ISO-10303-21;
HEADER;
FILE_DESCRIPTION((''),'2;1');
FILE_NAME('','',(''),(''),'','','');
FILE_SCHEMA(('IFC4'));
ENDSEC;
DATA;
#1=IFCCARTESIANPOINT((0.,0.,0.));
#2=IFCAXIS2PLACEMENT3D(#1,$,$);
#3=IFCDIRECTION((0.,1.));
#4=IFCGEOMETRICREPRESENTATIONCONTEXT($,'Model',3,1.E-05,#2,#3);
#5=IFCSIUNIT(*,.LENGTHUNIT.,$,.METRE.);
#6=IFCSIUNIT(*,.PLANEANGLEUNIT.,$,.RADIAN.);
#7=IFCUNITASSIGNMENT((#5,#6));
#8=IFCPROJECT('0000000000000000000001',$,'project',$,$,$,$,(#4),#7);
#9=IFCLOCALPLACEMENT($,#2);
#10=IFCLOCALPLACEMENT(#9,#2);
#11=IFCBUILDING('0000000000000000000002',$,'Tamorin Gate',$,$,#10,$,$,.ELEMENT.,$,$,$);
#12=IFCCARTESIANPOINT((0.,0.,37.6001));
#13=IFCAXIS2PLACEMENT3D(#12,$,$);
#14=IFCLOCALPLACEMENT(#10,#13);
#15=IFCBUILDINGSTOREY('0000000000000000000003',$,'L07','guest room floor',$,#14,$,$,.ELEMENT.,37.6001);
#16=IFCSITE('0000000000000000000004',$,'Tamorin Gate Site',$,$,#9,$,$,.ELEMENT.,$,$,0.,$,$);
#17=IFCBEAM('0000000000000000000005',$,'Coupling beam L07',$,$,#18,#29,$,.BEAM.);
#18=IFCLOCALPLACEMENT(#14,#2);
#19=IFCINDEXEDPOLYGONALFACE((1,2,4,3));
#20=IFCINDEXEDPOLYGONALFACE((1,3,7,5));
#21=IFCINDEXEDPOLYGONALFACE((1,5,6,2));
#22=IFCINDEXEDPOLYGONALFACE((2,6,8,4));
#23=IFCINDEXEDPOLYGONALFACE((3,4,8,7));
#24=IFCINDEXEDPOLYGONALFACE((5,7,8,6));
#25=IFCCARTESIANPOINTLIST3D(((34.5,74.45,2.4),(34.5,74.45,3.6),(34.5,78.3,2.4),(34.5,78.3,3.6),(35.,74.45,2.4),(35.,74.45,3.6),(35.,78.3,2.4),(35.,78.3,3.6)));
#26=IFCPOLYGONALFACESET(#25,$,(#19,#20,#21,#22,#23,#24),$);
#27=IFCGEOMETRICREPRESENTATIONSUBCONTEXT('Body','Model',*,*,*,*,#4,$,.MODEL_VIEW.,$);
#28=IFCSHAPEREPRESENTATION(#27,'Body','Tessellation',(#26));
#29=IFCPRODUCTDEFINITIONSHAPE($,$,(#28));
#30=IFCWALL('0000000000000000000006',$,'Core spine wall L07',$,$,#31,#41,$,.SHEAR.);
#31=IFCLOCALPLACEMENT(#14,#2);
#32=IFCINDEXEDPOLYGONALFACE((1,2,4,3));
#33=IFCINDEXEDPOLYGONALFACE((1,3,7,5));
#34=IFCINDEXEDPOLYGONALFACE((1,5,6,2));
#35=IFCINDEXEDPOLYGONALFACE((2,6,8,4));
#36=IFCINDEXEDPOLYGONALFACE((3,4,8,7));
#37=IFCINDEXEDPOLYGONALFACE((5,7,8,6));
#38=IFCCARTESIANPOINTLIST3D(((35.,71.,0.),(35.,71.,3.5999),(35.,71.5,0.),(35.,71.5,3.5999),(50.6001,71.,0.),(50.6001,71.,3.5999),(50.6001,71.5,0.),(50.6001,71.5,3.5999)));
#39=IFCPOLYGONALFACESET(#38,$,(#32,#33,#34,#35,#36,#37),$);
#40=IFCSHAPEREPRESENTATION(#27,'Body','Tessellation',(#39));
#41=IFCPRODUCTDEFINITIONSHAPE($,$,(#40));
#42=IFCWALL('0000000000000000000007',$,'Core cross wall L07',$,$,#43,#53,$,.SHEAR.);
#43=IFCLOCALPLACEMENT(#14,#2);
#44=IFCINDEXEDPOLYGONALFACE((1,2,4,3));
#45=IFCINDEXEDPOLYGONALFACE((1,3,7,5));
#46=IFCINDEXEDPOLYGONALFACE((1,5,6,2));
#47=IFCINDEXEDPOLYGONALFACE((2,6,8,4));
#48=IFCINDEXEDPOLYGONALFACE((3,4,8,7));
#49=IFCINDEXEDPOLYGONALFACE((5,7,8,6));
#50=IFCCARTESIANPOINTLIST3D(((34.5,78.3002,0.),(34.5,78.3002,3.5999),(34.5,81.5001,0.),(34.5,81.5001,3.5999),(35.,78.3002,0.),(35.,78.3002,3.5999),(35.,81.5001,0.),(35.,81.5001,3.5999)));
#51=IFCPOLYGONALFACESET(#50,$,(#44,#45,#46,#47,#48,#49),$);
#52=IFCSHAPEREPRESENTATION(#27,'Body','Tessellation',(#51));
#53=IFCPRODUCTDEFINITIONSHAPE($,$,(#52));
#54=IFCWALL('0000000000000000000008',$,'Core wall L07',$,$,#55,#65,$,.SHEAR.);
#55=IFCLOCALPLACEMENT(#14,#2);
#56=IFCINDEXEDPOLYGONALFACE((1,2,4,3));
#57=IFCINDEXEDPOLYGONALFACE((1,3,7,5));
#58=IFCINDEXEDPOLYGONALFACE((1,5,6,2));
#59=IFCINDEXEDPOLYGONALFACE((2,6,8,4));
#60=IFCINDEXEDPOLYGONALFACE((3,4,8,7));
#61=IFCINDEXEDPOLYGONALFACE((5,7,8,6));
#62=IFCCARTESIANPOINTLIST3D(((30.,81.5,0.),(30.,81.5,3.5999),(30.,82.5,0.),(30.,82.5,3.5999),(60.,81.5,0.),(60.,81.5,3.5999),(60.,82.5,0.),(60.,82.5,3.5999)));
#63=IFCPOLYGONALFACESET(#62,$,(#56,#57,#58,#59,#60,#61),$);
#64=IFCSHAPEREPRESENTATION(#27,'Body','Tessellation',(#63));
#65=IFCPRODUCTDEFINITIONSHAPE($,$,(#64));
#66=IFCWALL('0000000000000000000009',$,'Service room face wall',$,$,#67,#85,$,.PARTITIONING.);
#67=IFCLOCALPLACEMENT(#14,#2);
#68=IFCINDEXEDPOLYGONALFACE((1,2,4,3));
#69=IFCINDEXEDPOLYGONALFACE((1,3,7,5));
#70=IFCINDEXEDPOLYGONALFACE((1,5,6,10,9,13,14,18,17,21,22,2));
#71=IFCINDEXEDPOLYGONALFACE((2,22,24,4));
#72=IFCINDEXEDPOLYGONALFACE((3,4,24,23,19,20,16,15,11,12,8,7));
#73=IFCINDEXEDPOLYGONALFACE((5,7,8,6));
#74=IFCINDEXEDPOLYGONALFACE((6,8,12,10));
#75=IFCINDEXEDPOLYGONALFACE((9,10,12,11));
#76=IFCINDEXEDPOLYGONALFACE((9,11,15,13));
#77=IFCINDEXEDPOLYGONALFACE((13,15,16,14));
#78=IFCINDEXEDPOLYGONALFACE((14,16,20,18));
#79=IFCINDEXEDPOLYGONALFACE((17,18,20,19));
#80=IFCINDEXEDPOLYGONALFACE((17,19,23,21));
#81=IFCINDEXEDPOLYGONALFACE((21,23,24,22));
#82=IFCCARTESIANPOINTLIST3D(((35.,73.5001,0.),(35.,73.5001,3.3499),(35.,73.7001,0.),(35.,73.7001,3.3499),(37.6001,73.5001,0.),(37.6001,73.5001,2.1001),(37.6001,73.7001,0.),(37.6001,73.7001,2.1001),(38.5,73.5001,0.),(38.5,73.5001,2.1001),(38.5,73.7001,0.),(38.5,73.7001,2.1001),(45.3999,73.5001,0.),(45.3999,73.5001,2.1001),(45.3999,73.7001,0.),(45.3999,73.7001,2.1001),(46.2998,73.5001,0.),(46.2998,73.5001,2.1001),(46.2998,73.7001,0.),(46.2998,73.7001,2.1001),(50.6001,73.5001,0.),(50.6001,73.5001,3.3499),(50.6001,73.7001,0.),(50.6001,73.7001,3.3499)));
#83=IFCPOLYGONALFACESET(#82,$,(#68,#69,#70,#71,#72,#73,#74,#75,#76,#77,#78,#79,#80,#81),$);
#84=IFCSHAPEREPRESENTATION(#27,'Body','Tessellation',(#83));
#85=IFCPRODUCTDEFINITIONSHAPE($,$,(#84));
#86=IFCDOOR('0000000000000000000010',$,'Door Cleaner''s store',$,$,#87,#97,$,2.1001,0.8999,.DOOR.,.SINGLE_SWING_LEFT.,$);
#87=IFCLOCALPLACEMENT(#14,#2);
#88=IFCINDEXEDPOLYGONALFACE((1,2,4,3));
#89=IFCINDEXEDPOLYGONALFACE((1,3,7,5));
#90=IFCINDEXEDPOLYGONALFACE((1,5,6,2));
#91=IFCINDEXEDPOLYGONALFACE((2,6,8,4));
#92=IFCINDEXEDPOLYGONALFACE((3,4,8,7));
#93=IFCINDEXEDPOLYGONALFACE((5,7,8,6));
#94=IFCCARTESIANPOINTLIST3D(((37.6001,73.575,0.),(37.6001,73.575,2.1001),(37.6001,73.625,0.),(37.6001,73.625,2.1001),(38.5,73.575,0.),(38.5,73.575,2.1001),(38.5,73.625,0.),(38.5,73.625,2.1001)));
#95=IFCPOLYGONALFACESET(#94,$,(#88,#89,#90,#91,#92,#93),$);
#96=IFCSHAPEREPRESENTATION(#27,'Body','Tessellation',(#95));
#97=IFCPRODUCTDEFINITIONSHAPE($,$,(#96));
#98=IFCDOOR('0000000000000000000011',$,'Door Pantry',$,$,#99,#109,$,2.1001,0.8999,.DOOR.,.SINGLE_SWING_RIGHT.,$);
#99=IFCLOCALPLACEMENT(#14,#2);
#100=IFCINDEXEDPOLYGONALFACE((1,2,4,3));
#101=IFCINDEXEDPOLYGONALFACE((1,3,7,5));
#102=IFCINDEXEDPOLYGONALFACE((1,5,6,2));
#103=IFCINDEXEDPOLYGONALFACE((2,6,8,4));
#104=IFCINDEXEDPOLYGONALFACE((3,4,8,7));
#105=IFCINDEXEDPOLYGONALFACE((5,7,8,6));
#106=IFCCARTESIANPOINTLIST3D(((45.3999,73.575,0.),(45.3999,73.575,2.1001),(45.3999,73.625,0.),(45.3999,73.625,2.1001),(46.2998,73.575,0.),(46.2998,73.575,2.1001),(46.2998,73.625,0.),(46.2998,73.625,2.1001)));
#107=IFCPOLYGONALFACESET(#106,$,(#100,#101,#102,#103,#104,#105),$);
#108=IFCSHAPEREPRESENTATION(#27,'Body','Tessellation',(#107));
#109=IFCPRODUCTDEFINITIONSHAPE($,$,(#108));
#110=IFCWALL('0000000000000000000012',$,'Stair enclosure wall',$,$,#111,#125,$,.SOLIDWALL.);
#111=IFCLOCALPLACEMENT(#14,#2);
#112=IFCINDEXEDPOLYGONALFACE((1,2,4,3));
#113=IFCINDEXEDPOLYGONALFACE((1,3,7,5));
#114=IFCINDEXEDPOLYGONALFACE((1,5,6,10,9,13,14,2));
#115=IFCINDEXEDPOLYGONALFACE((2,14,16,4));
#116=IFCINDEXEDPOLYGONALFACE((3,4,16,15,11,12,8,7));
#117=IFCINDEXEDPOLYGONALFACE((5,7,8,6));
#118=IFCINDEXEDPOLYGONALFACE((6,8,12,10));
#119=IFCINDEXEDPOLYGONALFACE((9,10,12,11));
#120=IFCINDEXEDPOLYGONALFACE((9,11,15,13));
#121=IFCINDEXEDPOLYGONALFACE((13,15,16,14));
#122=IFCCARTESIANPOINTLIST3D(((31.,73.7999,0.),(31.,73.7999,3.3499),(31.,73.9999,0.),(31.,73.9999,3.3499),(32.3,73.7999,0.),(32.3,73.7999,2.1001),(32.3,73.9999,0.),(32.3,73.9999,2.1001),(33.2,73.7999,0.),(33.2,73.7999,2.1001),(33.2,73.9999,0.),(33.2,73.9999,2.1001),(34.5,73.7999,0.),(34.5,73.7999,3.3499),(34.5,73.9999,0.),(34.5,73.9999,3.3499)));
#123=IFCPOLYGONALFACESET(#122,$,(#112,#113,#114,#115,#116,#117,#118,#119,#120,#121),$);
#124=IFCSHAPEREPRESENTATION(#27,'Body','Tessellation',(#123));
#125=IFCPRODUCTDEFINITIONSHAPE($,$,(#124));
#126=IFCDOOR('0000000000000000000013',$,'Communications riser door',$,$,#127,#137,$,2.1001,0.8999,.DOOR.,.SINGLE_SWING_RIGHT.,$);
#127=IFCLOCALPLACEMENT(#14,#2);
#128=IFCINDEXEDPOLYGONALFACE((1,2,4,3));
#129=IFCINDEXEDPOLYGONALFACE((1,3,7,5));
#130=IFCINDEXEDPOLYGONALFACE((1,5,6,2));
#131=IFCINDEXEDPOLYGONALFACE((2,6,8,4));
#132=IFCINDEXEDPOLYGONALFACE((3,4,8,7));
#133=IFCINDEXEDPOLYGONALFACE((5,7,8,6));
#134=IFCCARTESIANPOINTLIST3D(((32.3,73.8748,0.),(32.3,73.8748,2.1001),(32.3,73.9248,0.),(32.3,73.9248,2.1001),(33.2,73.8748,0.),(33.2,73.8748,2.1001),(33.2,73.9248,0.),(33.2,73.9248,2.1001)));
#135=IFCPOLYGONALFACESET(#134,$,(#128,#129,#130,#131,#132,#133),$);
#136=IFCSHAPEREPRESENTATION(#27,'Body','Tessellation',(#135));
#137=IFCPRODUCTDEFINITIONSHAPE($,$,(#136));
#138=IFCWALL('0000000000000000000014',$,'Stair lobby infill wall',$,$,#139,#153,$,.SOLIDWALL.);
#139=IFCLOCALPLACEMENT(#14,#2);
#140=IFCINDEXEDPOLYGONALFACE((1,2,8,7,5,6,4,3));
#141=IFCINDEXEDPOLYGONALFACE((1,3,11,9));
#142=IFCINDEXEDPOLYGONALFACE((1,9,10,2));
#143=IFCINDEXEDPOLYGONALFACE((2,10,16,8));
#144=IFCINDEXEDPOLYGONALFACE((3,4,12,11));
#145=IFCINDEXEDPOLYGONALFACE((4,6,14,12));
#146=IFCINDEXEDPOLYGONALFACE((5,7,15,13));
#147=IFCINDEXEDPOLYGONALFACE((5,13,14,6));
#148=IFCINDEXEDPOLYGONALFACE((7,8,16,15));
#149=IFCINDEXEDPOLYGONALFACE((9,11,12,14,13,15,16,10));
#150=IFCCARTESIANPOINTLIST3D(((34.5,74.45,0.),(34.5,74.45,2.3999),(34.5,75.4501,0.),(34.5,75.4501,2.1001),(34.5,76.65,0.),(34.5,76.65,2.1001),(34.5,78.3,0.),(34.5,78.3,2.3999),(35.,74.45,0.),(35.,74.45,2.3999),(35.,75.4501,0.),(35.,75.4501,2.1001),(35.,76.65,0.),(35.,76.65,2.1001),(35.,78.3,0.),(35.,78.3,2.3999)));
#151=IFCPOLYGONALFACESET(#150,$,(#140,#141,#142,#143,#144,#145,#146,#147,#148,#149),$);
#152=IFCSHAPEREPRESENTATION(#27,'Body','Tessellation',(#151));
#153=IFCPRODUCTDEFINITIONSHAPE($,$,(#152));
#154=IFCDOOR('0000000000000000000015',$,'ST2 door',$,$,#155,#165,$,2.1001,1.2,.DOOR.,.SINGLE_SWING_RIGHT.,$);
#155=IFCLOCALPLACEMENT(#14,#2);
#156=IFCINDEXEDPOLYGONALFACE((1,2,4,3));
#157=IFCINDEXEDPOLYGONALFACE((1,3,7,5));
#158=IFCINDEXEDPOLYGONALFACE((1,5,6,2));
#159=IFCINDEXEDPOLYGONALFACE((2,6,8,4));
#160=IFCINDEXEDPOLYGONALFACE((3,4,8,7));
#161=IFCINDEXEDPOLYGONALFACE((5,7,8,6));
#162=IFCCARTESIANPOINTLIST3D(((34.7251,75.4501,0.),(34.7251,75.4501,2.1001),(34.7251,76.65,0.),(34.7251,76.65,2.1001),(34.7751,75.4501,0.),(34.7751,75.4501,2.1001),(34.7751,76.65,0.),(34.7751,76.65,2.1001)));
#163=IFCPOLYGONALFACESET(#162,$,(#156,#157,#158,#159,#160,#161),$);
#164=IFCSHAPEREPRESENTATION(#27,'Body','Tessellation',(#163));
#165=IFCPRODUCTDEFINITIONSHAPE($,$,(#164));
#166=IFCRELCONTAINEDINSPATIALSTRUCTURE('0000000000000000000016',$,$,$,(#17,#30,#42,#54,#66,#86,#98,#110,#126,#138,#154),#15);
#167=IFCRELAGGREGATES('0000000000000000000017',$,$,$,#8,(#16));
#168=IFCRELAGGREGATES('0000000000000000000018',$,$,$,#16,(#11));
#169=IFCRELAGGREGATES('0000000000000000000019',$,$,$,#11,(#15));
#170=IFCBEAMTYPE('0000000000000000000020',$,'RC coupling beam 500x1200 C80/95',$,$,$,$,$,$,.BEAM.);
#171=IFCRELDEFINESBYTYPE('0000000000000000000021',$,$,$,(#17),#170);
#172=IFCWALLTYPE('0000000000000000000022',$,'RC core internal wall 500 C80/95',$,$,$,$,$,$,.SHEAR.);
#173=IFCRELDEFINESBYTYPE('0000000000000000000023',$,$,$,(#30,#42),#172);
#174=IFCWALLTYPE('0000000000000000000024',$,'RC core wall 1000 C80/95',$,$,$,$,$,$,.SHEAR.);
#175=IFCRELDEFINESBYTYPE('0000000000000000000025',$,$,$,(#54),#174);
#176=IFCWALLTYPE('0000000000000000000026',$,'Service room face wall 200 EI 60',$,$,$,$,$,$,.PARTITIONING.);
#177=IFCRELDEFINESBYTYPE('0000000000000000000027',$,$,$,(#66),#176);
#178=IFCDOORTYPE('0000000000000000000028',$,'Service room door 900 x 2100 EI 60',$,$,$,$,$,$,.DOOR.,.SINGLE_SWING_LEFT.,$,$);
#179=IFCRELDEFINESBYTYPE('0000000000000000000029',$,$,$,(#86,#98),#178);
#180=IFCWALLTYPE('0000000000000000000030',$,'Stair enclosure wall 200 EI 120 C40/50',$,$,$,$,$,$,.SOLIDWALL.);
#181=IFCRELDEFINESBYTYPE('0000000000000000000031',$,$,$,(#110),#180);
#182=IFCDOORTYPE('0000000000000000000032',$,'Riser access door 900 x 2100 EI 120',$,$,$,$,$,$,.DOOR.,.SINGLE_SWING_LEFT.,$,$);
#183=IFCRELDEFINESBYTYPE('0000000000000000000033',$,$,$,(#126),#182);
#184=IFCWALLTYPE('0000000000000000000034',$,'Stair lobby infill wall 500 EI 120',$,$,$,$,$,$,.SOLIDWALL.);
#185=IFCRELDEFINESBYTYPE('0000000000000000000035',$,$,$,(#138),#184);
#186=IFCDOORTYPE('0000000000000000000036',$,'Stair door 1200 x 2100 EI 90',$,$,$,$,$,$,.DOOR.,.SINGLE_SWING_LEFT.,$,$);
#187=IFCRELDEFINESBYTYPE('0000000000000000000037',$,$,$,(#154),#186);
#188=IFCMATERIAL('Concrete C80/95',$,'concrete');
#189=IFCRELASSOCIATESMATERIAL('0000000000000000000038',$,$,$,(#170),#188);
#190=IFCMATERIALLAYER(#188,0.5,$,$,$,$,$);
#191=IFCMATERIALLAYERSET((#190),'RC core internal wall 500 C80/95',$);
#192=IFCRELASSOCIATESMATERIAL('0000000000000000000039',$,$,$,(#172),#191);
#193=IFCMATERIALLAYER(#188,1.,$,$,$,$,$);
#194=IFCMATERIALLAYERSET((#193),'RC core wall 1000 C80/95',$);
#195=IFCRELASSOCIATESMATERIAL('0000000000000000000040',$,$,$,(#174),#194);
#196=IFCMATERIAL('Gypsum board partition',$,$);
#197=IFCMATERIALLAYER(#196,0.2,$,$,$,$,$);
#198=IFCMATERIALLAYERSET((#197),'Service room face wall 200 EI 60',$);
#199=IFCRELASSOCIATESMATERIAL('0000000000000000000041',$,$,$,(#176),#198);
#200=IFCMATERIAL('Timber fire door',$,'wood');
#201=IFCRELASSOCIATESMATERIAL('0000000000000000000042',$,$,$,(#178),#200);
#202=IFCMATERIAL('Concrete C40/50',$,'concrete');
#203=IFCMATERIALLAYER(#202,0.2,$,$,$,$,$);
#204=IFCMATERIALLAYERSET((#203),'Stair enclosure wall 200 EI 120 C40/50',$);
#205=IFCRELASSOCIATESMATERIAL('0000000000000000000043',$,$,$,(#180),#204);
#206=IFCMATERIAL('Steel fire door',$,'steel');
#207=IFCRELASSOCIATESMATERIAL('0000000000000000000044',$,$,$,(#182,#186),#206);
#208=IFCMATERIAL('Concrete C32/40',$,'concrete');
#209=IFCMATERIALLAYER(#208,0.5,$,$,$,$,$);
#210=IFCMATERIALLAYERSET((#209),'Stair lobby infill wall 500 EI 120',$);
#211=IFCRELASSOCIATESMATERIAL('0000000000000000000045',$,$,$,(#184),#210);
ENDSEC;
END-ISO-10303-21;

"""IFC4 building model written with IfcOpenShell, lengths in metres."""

from ifc_helpers import new_model, si_unit, direction, frame, frame_2d, origin, origin_2d, place, context, subcontext, project, spatial, rectangle, extrude, material, layer, layer_set, material_profile, profile_set, type_object, element, fill, save


model = new_model("IFC4")

# Units and contexts
model_context = context("Model", 3, precision=1e-05, world=origin(), true_north=direction((0.0, 1.0)))
body_context = subcontext(model_context, "Body", "Model", "MODEL_VIEW")
ifc_project = project(units=[si_unit("LENGTHUNIT", "METRE"), si_unit("PLANEANGLEUNIT", "RADIAN")], contexts=[model_context])

# Site, building, storey
site_placement = place(None, origin())
site = spatial("IfcSite", under=ifc_project, at=site_placement, Name="Tamorin Gate Site", CompositionType="ELEMENT", RefElevation=0.0)
building_placement = place(site_placement, origin())
building = spatial("IfcBuilding", under=site, at=building_placement, Name="Tamorin Gate", CompositionType="ELEMENT")
storey_placement = place(building_placement, frame((0.0, 0.0, 37.6001)))
storey = spatial("IfcBuildingStorey", under=building, at=storey_placement, Name="L07", Description="guest room floor", CompositionType="ELEMENT", Elevation=37.6001)

# Beam
ifc_material_1 = material(Name="Concrete C80/95", Category="concrete")
ifc_material_profile = material_profile(ifc_material_1, rectangle(XDim=0.5, YDim=1.2, at=origin_2d()), Name="RC 500x1200")
ifc_profile_set = profile_set([ifc_material_profile], Name="Concrete C80/95")
beam_type = type_object("IfcBeamType", Name="RC coupling beam 500x1200 C80/95", PredefinedType="BEAM", material=ifc_profile_set)
beam_placement = place(storey_placement, frame((34.75, 74.45, 3.0), z_axis=(0.0, 1.0, 0.0), x_axis=(-1.0, 0.0, 0.0)))
element("IfcBeam", 1, at=beam_placement, inside=storey, type_object=beam_type, Name="Coupling beam L07", PredefinedType="BEAM", context=body_context, shape_type="SweptSolid", body=[
    extrude(rectangle(XDim=0.5, YDim=1.2, at=origin_2d()), origin(), (0.0, 0.0, 1.0), 3.8501),
])

# Walls
ifc_layer_1 = layer(ifc_material_1, 0.5)
ifc_layer_set_1 = layer_set([ifc_layer_1], Name="RC core internal wall 500 C80/95")
wall_type_1 = type_object("IfcWallType", Name="RC core internal wall 500 C80/95", PredefinedType="SHEAR", material=ifc_layer_set_1)
wall_1_placement = place(storey_placement, frame((35.0, 71.25, 0.0), z_axis=(0.0, 0.0, 1.0), x_axis=(1.0, 0.0, 0.0)))
element("IfcWall", 2, at=wall_1_placement, inside=storey, type_object=wall_type_1, Name="Core spine wall L07", PredefinedType="SHEAR", context=body_context, shape_type="SweptSolid", body=[
    extrude(rectangle(XDim=15.6001, YDim=0.5, at=frame_2d((7.8, 0.0))), origin(), (0.0, 0.0, 1.0), 3.5999),
])
wall_2_placement = place(storey_placement, frame((34.75, 78.3, 0.0), z_axis=(0.0, 0.0, 1.0), x_axis=(0.0, 1.0, 0.0)))
element("IfcWall", 3, at=wall_2_placement, inside=storey, type_object=wall_type_1, Name="Core cross wall L07", PredefinedType="SHEAR", context=body_context, shape_type="SweptSolid", body=[
    extrude(rectangle(XDim=3.2, YDim=0.5, at=frame_2d((1.6001, 0.0))), origin(), (0.0, 0.0, 1.0), 3.5999),
])
ifc_layer_2 = layer(ifc_material_1, 1.0)
ifc_layer_set_2 = layer_set([ifc_layer_2], Name="RC core wall 1000 C80/95")
wall_type_2 = type_object("IfcWallType", Name="RC core wall 1000 C80/95", PredefinedType="SHEAR", material=ifc_layer_set_2)
wall_3_placement = place(storey_placement, frame((30.0, 82.0, 0.0), z_axis=(0.0, 0.0, 1.0), x_axis=(1.0, 0.0, 0.0)))
element("IfcWall", 4, at=wall_3_placement, inside=storey, type_object=wall_type_2, Name="Core wall L07", PredefinedType="SHEAR", context=body_context, shape_type="SweptSolid", body=[
    extrude(rectangle(XDim=30.0, YDim=1.0, at=frame_2d((15.0, 0.0))), origin(), (0.0, 0.0, 1.0), 3.5999),
])

# Wall, openings, doors
ifc_material_2 = material(Name="Gypsum board partition")
ifc_layer_3 = layer(ifc_material_2, 0.2)
ifc_layer_set_3 = layer_set([ifc_layer_3], Name="Service room face wall 200 EI 60")
wall_type_3 = type_object("IfcWallType", Name="Service room face wall 200 EI 60", PredefinedType="PARTITIONING", material=ifc_layer_set_3)
wall_4_placement = place(storey_placement, frame((35.0, 73.6001, 0.0), z_axis=(0.0, 0.0, 1.0), x_axis=(1.0, 0.0, 0.0)))
wall_4 = element("IfcWall", 5, at=wall_4_placement, inside=storey, type_object=wall_type_3, Name="Service room face wall", PredefinedType="PARTITIONING", context=body_context, shape_type="SweptSolid", body=[
    extrude(rectangle(XDim=15.6001, YDim=0.2, at=frame_2d((7.8, 0.0))), origin(), (0.0, 0.0, 1.0), 3.3499),
])
opening_1_placement = place(wall_4_placement, frame((2.6001, 0.0, 0.0)))
opening_1 = element("IfcOpeningElement", 6, at=opening_1_placement, cuts=wall_4, PredefinedType="OPENING", context=body_context, shape_type="SweptSolid", body=[
    extrude(rectangle(XDim=0.8999, YDim=2.1001, at=frame_2d((0.45, 1.05))), frame((0.0, 0.1099, 0.0), z_axis=(0.0, -1.0, 0.0), x_axis=(1.0, 0.0, 0.0)), (0.0, 0.0, 1.0), 0.22),
])
opening_2_placement = place(wall_4_placement, frame((10.3999, 0.0, 0.0)))
opening_2 = element("IfcOpeningElement", 7, at=opening_2_placement, cuts=wall_4, PredefinedType="OPENING", context=body_context, shape_type="SweptSolid", body=[
    extrude(rectangle(XDim=0.8999, YDim=2.1001, at=frame_2d((0.45, 1.05))), frame((0.0, 0.1099, 0.0), z_axis=(0.0, -1.0, 0.0), x_axis=(1.0, 0.0, 0.0)), (0.0, 0.0, 1.0), 0.22),
])
ifc_material_3 = material(Name="Timber fire door", Category="wood")
door_type_1 = type_object("IfcDoorType", Name="Service room door 900 x 2100 EI 60", OperationType="SINGLE_SWING_LEFT", PredefinedType="DOOR", material=ifc_material_3)
door_1_placement = place(opening_1_placement, origin())
door_1 = element("IfcDoor", 8, at=door_1_placement, inside=storey, type_object=door_type_1, Name="Door Cleaner's store", OperationType="SINGLE_SWING_LEFT", OverallHeight=2.1001, OverallWidth=0.8999, PredefinedType="DOOR", context=body_context, shape_type="SweptSolid", body=[
    extrude(rectangle(XDim=0.8999, YDim=2.1001, at=frame_2d((0.45, 1.05))), frame((0.0, 0.0249, 0.0), z_axis=(0.0, -1.0, 0.0), x_axis=(1.0, 0.0, 0.0)), (0.0, 0.0, 1.0), 0.05),
])
fill(opening_1, door_1)
door_2_placement = place(opening_2_placement, origin())
door_2 = element("IfcDoor", 9, at=door_2_placement, inside=storey, type_object=door_type_1, Name="Door Pantry", OperationType="SINGLE_SWING_RIGHT", OverallHeight=2.1001, OverallWidth=0.8999, PredefinedType="DOOR", context=body_context, shape_type="SweptSolid", body=[
    extrude(rectangle(XDim=0.8999, YDim=2.1001, at=frame_2d((0.45, 1.05))), frame((0.0, 0.0249, 0.0), z_axis=(0.0, -1.0, 0.0), x_axis=(1.0, 0.0, 0.0)), (0.0, 0.0, 1.0), 0.05),
])
fill(opening_2, door_2)

# Walls, openings, doors
ifc_material_4 = material(Name="Concrete C40/50", Category="concrete")
ifc_layer_4 = layer(ifc_material_4, 0.2)
ifc_layer_set_4 = layer_set([ifc_layer_4], Name="Stair enclosure wall 200 EI 120 C40/50")
wall_type_4 = type_object("IfcWallType", Name="Stair enclosure wall 200 EI 120 C40/50", PredefinedType="SOLIDWALL", material=ifc_layer_set_4)
wall_5_placement = place(storey_placement, frame((31.0, 73.8999, 0.0), z_axis=(0.0, 0.0, 1.0), x_axis=(1.0, 0.0, 0.0)))
wall_5 = element("IfcWall", 10, at=wall_5_placement, inside=storey, type_object=wall_type_4, Name="Stair enclosure wall", PredefinedType="SOLIDWALL", context=body_context, shape_type="SweptSolid", body=[
    extrude(rectangle(XDim=3.5, YDim=0.2, at=frame_2d((1.75, 0.0))), origin(), (0.0, 0.0, 1.0), 3.3499),
])
opening_3_placement = place(wall_5_placement, frame((1.3, 0.0, 0.0)))
opening_3 = element("IfcOpeningElement", 11, at=opening_3_placement, cuts=wall_5, PredefinedType="OPENING", context=body_context, shape_type="SweptSolid", body=[
    extrude(rectangle(XDim=0.8999, YDim=2.1001, at=frame_2d((0.45, 1.05))), frame((0.0, 0.1099, 0.0), z_axis=(0.0, -1.0, 0.0), x_axis=(1.0, 0.0, 0.0)), (0.0, 0.0, 1.0), 0.22),
])
ifc_material_5 = material(Name="Steel fire door", Category="steel")
door_type_2 = type_object("IfcDoorType", Name="Riser access door 900 x 2100 EI 120", OperationType="SINGLE_SWING_LEFT", PredefinedType="DOOR", material=ifc_material_5)
door_3_placement = place(opening_3_placement, origin())
door_3 = element("IfcDoor", 12, at=door_3_placement, inside=storey, type_object=door_type_2, Name="Communications riser door", OperationType="SINGLE_SWING_RIGHT", OverallHeight=2.1001, OverallWidth=0.8999, PredefinedType="DOOR", context=body_context, shape_type="SweptSolid", body=[
    extrude(rectangle(XDim=0.8999, YDim=2.1001, at=frame_2d((0.45, 1.05))), frame((0.0, 0.0249, 0.0), z_axis=(0.0, -1.0, 0.0), x_axis=(1.0, 0.0, 0.0)), (0.0, 0.0, 1.0), 0.05),
])
fill(opening_3, door_3)
ifc_material_6 = material(Name="Concrete C32/40", Category="concrete")
ifc_layer_5 = layer(ifc_material_6, 0.5)
ifc_layer_set_5 = layer_set([ifc_layer_5], Name="Stair lobby infill wall 500 EI 120")
wall_type_5 = type_object("IfcWallType", Name="Stair lobby infill wall 500 EI 120", PredefinedType="SOLIDWALL", material=ifc_layer_set_5)
wall_6_placement = place(storey_placement, frame((34.75, 74.45, 0.0), z_axis=(0.0, 0.0, 1.0), x_axis=(0.0, 1.0, 0.0)))
wall_6 = element("IfcWall", 13, at=wall_6_placement, inside=storey, type_object=wall_type_5, Name="Stair lobby infill wall", PredefinedType="SOLIDWALL", context=body_context, shape_type="SweptSolid", body=[
    extrude(rectangle(XDim=3.8501, YDim=0.5, at=frame_2d((1.925, 0.0))), origin(), (0.0, 0.0, 1.0), 2.3999),
])
opening_4_placement = place(wall_6_placement, frame((1.0, 0.0, 0.0)))
opening_4 = element("IfcOpeningElement", 14, at=opening_4_placement, cuts=wall_6, PredefinedType="OPENING", context=body_context, shape_type="SweptSolid", body=[
    extrude(rectangle(XDim=1.2, YDim=2.1001, at=frame_2d((0.6001, 1.05))), frame((0.0, 0.26, 0.0), z_axis=(0.0, -1.0, 0.0), x_axis=(1.0, 0.0, 0.0)), (0.0, 0.0, 1.0), 0.52),
])
door_type_3 = type_object("IfcDoorType", Name="Stair door 1200 x 2100 EI 90", OperationType="SINGLE_SWING_LEFT", PredefinedType="DOOR", material=ifc_material_5)
door_4_placement = place(opening_4_placement, origin())
door_4 = element("IfcDoor", 15, at=door_4_placement, inside=storey, type_object=door_type_3, Name="ST2 door", OperationType="SINGLE_SWING_RIGHT", OverallHeight=2.1001, OverallWidth=1.2, PredefinedType="DOOR", context=body_context, shape_type="SweptSolid", body=[
    extrude(rectangle(XDim=1.2, YDim=2.1001, at=frame_2d((0.6001, 1.05))), frame((0.0, 0.0249, 0.0), z_axis=(0.0, -1.0, 0.0), x_axis=(1.0, 0.0, 0.0)), (0.0, 0.0, 1.0), 0.05),
])
fill(opening_4, door_4)

save(model, "model.ifc")
